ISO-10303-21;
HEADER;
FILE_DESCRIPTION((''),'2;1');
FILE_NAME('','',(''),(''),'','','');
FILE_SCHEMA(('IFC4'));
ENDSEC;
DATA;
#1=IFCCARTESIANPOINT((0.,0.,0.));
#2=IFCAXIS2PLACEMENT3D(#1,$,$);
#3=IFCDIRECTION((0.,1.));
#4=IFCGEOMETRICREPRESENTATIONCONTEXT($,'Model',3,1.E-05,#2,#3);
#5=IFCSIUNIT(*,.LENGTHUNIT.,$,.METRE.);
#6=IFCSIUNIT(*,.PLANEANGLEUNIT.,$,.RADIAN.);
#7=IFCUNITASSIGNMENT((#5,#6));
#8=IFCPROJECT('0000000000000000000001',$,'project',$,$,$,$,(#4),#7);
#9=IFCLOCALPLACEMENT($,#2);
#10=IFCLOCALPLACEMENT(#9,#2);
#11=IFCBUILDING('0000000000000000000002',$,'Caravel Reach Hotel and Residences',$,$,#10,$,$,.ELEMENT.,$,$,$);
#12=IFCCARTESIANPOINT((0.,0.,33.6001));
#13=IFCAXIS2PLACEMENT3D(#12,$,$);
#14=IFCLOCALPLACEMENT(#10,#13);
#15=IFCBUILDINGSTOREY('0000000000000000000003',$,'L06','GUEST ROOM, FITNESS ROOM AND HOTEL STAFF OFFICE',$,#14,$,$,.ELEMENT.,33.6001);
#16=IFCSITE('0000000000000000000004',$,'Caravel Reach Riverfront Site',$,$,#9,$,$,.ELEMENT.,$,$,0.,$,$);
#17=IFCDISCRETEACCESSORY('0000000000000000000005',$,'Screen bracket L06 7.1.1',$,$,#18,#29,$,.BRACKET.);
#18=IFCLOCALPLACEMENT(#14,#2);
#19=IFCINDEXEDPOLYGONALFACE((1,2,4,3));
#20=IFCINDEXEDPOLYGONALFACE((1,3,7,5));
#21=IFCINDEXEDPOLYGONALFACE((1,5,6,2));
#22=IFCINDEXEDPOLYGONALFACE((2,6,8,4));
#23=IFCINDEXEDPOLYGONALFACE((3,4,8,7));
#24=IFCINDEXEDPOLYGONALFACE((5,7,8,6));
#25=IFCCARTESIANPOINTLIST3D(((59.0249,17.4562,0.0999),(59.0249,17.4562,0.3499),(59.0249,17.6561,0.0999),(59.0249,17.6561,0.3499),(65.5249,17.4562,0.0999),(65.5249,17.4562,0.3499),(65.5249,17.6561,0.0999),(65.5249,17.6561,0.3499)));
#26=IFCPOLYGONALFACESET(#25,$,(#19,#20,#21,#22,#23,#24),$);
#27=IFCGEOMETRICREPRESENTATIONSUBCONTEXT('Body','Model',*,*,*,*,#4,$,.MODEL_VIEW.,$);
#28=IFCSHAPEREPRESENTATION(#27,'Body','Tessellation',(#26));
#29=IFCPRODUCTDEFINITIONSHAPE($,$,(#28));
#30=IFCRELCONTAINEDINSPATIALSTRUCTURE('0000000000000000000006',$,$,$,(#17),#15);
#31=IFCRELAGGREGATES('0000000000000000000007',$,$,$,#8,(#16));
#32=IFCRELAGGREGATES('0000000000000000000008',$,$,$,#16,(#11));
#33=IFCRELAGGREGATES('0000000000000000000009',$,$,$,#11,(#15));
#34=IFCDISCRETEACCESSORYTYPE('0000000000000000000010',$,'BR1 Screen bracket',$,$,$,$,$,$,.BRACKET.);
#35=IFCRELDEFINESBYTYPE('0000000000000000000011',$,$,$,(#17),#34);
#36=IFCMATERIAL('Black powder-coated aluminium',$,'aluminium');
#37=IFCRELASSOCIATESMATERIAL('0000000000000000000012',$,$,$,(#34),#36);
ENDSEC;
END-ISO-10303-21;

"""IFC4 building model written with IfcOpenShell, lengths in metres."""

from ifc_helpers import new_model, si_unit, direction, frame, origin, origin_2d, place, context, subcontext, project, spatial, rectangle, extrude, material, type_object, element, save


model = new_model("IFC4")

# Units and contexts
model_context = context("Model", 3, precision=1e-05, world=origin(), true_north=direction((0.0, 1.0)))
body_context = subcontext(model_context, "Body", "Model", "MODEL_VIEW")
ifc_project = project(units=[si_unit("LENGTHUNIT", "METRE"), si_unit("PLANEANGLEUNIT", "RADIAN")], contexts=[model_context])

# Site, building, storey
site_placement = place(None, origin())
site = spatial("IfcSite", under=ifc_project, at=site_placement, Name="Caravel Reach Riverfront Site", CompositionType="ELEMENT", RefElevation=0.0)
building_placement = place(site_placement, origin())
building = spatial("IfcBuilding", under=site, at=building_placement, Name="Caravel Reach Hotel and Residences", CompositionType="ELEMENT")
storey_placement = place(building_placement, frame((0.0, 0.0, 33.6001)))
storey = spatial("IfcBuildingStorey", under=building, at=storey_placement, Name="L06", Description="GUEST ROOM, FITNESS ROOM AND HOTEL STAFF OFFICE", CompositionType="ELEMENT", Elevation=33.6001)

# Discrete accessory
ifc_material_1 = material(Name="Black powder-coated aluminium", Category="aluminium")
discrete_accessory_type = type_object("IfcDiscreteAccessoryType", Name="BR1 Screen bracket", PredefinedType="BRACKET", material=ifc_material_1)
discrete_accessory_1_placement = place(storey_placement, frame((62.2749, 17.5562, 0.0999), z_axis=(0.0, 0.0, 1.0), x_axis=(1.0, 0.0, 0.0)))
element("IfcDiscreteAccessory", 1, at=discrete_accessory_1_placement, inside=storey, type_object=discrete_accessory_type, Name="Screen bracket L06 7.1.1", PredefinedType="BRACKET", context=body_context, shape_type="SweptSolid", body=[
    extrude(rectangle(XDim=6.5, YDim=0.2, at=origin_2d()), origin(), (0.0, 0.0, 1.0), 0.25),
])

save(model, "model.ifc")
